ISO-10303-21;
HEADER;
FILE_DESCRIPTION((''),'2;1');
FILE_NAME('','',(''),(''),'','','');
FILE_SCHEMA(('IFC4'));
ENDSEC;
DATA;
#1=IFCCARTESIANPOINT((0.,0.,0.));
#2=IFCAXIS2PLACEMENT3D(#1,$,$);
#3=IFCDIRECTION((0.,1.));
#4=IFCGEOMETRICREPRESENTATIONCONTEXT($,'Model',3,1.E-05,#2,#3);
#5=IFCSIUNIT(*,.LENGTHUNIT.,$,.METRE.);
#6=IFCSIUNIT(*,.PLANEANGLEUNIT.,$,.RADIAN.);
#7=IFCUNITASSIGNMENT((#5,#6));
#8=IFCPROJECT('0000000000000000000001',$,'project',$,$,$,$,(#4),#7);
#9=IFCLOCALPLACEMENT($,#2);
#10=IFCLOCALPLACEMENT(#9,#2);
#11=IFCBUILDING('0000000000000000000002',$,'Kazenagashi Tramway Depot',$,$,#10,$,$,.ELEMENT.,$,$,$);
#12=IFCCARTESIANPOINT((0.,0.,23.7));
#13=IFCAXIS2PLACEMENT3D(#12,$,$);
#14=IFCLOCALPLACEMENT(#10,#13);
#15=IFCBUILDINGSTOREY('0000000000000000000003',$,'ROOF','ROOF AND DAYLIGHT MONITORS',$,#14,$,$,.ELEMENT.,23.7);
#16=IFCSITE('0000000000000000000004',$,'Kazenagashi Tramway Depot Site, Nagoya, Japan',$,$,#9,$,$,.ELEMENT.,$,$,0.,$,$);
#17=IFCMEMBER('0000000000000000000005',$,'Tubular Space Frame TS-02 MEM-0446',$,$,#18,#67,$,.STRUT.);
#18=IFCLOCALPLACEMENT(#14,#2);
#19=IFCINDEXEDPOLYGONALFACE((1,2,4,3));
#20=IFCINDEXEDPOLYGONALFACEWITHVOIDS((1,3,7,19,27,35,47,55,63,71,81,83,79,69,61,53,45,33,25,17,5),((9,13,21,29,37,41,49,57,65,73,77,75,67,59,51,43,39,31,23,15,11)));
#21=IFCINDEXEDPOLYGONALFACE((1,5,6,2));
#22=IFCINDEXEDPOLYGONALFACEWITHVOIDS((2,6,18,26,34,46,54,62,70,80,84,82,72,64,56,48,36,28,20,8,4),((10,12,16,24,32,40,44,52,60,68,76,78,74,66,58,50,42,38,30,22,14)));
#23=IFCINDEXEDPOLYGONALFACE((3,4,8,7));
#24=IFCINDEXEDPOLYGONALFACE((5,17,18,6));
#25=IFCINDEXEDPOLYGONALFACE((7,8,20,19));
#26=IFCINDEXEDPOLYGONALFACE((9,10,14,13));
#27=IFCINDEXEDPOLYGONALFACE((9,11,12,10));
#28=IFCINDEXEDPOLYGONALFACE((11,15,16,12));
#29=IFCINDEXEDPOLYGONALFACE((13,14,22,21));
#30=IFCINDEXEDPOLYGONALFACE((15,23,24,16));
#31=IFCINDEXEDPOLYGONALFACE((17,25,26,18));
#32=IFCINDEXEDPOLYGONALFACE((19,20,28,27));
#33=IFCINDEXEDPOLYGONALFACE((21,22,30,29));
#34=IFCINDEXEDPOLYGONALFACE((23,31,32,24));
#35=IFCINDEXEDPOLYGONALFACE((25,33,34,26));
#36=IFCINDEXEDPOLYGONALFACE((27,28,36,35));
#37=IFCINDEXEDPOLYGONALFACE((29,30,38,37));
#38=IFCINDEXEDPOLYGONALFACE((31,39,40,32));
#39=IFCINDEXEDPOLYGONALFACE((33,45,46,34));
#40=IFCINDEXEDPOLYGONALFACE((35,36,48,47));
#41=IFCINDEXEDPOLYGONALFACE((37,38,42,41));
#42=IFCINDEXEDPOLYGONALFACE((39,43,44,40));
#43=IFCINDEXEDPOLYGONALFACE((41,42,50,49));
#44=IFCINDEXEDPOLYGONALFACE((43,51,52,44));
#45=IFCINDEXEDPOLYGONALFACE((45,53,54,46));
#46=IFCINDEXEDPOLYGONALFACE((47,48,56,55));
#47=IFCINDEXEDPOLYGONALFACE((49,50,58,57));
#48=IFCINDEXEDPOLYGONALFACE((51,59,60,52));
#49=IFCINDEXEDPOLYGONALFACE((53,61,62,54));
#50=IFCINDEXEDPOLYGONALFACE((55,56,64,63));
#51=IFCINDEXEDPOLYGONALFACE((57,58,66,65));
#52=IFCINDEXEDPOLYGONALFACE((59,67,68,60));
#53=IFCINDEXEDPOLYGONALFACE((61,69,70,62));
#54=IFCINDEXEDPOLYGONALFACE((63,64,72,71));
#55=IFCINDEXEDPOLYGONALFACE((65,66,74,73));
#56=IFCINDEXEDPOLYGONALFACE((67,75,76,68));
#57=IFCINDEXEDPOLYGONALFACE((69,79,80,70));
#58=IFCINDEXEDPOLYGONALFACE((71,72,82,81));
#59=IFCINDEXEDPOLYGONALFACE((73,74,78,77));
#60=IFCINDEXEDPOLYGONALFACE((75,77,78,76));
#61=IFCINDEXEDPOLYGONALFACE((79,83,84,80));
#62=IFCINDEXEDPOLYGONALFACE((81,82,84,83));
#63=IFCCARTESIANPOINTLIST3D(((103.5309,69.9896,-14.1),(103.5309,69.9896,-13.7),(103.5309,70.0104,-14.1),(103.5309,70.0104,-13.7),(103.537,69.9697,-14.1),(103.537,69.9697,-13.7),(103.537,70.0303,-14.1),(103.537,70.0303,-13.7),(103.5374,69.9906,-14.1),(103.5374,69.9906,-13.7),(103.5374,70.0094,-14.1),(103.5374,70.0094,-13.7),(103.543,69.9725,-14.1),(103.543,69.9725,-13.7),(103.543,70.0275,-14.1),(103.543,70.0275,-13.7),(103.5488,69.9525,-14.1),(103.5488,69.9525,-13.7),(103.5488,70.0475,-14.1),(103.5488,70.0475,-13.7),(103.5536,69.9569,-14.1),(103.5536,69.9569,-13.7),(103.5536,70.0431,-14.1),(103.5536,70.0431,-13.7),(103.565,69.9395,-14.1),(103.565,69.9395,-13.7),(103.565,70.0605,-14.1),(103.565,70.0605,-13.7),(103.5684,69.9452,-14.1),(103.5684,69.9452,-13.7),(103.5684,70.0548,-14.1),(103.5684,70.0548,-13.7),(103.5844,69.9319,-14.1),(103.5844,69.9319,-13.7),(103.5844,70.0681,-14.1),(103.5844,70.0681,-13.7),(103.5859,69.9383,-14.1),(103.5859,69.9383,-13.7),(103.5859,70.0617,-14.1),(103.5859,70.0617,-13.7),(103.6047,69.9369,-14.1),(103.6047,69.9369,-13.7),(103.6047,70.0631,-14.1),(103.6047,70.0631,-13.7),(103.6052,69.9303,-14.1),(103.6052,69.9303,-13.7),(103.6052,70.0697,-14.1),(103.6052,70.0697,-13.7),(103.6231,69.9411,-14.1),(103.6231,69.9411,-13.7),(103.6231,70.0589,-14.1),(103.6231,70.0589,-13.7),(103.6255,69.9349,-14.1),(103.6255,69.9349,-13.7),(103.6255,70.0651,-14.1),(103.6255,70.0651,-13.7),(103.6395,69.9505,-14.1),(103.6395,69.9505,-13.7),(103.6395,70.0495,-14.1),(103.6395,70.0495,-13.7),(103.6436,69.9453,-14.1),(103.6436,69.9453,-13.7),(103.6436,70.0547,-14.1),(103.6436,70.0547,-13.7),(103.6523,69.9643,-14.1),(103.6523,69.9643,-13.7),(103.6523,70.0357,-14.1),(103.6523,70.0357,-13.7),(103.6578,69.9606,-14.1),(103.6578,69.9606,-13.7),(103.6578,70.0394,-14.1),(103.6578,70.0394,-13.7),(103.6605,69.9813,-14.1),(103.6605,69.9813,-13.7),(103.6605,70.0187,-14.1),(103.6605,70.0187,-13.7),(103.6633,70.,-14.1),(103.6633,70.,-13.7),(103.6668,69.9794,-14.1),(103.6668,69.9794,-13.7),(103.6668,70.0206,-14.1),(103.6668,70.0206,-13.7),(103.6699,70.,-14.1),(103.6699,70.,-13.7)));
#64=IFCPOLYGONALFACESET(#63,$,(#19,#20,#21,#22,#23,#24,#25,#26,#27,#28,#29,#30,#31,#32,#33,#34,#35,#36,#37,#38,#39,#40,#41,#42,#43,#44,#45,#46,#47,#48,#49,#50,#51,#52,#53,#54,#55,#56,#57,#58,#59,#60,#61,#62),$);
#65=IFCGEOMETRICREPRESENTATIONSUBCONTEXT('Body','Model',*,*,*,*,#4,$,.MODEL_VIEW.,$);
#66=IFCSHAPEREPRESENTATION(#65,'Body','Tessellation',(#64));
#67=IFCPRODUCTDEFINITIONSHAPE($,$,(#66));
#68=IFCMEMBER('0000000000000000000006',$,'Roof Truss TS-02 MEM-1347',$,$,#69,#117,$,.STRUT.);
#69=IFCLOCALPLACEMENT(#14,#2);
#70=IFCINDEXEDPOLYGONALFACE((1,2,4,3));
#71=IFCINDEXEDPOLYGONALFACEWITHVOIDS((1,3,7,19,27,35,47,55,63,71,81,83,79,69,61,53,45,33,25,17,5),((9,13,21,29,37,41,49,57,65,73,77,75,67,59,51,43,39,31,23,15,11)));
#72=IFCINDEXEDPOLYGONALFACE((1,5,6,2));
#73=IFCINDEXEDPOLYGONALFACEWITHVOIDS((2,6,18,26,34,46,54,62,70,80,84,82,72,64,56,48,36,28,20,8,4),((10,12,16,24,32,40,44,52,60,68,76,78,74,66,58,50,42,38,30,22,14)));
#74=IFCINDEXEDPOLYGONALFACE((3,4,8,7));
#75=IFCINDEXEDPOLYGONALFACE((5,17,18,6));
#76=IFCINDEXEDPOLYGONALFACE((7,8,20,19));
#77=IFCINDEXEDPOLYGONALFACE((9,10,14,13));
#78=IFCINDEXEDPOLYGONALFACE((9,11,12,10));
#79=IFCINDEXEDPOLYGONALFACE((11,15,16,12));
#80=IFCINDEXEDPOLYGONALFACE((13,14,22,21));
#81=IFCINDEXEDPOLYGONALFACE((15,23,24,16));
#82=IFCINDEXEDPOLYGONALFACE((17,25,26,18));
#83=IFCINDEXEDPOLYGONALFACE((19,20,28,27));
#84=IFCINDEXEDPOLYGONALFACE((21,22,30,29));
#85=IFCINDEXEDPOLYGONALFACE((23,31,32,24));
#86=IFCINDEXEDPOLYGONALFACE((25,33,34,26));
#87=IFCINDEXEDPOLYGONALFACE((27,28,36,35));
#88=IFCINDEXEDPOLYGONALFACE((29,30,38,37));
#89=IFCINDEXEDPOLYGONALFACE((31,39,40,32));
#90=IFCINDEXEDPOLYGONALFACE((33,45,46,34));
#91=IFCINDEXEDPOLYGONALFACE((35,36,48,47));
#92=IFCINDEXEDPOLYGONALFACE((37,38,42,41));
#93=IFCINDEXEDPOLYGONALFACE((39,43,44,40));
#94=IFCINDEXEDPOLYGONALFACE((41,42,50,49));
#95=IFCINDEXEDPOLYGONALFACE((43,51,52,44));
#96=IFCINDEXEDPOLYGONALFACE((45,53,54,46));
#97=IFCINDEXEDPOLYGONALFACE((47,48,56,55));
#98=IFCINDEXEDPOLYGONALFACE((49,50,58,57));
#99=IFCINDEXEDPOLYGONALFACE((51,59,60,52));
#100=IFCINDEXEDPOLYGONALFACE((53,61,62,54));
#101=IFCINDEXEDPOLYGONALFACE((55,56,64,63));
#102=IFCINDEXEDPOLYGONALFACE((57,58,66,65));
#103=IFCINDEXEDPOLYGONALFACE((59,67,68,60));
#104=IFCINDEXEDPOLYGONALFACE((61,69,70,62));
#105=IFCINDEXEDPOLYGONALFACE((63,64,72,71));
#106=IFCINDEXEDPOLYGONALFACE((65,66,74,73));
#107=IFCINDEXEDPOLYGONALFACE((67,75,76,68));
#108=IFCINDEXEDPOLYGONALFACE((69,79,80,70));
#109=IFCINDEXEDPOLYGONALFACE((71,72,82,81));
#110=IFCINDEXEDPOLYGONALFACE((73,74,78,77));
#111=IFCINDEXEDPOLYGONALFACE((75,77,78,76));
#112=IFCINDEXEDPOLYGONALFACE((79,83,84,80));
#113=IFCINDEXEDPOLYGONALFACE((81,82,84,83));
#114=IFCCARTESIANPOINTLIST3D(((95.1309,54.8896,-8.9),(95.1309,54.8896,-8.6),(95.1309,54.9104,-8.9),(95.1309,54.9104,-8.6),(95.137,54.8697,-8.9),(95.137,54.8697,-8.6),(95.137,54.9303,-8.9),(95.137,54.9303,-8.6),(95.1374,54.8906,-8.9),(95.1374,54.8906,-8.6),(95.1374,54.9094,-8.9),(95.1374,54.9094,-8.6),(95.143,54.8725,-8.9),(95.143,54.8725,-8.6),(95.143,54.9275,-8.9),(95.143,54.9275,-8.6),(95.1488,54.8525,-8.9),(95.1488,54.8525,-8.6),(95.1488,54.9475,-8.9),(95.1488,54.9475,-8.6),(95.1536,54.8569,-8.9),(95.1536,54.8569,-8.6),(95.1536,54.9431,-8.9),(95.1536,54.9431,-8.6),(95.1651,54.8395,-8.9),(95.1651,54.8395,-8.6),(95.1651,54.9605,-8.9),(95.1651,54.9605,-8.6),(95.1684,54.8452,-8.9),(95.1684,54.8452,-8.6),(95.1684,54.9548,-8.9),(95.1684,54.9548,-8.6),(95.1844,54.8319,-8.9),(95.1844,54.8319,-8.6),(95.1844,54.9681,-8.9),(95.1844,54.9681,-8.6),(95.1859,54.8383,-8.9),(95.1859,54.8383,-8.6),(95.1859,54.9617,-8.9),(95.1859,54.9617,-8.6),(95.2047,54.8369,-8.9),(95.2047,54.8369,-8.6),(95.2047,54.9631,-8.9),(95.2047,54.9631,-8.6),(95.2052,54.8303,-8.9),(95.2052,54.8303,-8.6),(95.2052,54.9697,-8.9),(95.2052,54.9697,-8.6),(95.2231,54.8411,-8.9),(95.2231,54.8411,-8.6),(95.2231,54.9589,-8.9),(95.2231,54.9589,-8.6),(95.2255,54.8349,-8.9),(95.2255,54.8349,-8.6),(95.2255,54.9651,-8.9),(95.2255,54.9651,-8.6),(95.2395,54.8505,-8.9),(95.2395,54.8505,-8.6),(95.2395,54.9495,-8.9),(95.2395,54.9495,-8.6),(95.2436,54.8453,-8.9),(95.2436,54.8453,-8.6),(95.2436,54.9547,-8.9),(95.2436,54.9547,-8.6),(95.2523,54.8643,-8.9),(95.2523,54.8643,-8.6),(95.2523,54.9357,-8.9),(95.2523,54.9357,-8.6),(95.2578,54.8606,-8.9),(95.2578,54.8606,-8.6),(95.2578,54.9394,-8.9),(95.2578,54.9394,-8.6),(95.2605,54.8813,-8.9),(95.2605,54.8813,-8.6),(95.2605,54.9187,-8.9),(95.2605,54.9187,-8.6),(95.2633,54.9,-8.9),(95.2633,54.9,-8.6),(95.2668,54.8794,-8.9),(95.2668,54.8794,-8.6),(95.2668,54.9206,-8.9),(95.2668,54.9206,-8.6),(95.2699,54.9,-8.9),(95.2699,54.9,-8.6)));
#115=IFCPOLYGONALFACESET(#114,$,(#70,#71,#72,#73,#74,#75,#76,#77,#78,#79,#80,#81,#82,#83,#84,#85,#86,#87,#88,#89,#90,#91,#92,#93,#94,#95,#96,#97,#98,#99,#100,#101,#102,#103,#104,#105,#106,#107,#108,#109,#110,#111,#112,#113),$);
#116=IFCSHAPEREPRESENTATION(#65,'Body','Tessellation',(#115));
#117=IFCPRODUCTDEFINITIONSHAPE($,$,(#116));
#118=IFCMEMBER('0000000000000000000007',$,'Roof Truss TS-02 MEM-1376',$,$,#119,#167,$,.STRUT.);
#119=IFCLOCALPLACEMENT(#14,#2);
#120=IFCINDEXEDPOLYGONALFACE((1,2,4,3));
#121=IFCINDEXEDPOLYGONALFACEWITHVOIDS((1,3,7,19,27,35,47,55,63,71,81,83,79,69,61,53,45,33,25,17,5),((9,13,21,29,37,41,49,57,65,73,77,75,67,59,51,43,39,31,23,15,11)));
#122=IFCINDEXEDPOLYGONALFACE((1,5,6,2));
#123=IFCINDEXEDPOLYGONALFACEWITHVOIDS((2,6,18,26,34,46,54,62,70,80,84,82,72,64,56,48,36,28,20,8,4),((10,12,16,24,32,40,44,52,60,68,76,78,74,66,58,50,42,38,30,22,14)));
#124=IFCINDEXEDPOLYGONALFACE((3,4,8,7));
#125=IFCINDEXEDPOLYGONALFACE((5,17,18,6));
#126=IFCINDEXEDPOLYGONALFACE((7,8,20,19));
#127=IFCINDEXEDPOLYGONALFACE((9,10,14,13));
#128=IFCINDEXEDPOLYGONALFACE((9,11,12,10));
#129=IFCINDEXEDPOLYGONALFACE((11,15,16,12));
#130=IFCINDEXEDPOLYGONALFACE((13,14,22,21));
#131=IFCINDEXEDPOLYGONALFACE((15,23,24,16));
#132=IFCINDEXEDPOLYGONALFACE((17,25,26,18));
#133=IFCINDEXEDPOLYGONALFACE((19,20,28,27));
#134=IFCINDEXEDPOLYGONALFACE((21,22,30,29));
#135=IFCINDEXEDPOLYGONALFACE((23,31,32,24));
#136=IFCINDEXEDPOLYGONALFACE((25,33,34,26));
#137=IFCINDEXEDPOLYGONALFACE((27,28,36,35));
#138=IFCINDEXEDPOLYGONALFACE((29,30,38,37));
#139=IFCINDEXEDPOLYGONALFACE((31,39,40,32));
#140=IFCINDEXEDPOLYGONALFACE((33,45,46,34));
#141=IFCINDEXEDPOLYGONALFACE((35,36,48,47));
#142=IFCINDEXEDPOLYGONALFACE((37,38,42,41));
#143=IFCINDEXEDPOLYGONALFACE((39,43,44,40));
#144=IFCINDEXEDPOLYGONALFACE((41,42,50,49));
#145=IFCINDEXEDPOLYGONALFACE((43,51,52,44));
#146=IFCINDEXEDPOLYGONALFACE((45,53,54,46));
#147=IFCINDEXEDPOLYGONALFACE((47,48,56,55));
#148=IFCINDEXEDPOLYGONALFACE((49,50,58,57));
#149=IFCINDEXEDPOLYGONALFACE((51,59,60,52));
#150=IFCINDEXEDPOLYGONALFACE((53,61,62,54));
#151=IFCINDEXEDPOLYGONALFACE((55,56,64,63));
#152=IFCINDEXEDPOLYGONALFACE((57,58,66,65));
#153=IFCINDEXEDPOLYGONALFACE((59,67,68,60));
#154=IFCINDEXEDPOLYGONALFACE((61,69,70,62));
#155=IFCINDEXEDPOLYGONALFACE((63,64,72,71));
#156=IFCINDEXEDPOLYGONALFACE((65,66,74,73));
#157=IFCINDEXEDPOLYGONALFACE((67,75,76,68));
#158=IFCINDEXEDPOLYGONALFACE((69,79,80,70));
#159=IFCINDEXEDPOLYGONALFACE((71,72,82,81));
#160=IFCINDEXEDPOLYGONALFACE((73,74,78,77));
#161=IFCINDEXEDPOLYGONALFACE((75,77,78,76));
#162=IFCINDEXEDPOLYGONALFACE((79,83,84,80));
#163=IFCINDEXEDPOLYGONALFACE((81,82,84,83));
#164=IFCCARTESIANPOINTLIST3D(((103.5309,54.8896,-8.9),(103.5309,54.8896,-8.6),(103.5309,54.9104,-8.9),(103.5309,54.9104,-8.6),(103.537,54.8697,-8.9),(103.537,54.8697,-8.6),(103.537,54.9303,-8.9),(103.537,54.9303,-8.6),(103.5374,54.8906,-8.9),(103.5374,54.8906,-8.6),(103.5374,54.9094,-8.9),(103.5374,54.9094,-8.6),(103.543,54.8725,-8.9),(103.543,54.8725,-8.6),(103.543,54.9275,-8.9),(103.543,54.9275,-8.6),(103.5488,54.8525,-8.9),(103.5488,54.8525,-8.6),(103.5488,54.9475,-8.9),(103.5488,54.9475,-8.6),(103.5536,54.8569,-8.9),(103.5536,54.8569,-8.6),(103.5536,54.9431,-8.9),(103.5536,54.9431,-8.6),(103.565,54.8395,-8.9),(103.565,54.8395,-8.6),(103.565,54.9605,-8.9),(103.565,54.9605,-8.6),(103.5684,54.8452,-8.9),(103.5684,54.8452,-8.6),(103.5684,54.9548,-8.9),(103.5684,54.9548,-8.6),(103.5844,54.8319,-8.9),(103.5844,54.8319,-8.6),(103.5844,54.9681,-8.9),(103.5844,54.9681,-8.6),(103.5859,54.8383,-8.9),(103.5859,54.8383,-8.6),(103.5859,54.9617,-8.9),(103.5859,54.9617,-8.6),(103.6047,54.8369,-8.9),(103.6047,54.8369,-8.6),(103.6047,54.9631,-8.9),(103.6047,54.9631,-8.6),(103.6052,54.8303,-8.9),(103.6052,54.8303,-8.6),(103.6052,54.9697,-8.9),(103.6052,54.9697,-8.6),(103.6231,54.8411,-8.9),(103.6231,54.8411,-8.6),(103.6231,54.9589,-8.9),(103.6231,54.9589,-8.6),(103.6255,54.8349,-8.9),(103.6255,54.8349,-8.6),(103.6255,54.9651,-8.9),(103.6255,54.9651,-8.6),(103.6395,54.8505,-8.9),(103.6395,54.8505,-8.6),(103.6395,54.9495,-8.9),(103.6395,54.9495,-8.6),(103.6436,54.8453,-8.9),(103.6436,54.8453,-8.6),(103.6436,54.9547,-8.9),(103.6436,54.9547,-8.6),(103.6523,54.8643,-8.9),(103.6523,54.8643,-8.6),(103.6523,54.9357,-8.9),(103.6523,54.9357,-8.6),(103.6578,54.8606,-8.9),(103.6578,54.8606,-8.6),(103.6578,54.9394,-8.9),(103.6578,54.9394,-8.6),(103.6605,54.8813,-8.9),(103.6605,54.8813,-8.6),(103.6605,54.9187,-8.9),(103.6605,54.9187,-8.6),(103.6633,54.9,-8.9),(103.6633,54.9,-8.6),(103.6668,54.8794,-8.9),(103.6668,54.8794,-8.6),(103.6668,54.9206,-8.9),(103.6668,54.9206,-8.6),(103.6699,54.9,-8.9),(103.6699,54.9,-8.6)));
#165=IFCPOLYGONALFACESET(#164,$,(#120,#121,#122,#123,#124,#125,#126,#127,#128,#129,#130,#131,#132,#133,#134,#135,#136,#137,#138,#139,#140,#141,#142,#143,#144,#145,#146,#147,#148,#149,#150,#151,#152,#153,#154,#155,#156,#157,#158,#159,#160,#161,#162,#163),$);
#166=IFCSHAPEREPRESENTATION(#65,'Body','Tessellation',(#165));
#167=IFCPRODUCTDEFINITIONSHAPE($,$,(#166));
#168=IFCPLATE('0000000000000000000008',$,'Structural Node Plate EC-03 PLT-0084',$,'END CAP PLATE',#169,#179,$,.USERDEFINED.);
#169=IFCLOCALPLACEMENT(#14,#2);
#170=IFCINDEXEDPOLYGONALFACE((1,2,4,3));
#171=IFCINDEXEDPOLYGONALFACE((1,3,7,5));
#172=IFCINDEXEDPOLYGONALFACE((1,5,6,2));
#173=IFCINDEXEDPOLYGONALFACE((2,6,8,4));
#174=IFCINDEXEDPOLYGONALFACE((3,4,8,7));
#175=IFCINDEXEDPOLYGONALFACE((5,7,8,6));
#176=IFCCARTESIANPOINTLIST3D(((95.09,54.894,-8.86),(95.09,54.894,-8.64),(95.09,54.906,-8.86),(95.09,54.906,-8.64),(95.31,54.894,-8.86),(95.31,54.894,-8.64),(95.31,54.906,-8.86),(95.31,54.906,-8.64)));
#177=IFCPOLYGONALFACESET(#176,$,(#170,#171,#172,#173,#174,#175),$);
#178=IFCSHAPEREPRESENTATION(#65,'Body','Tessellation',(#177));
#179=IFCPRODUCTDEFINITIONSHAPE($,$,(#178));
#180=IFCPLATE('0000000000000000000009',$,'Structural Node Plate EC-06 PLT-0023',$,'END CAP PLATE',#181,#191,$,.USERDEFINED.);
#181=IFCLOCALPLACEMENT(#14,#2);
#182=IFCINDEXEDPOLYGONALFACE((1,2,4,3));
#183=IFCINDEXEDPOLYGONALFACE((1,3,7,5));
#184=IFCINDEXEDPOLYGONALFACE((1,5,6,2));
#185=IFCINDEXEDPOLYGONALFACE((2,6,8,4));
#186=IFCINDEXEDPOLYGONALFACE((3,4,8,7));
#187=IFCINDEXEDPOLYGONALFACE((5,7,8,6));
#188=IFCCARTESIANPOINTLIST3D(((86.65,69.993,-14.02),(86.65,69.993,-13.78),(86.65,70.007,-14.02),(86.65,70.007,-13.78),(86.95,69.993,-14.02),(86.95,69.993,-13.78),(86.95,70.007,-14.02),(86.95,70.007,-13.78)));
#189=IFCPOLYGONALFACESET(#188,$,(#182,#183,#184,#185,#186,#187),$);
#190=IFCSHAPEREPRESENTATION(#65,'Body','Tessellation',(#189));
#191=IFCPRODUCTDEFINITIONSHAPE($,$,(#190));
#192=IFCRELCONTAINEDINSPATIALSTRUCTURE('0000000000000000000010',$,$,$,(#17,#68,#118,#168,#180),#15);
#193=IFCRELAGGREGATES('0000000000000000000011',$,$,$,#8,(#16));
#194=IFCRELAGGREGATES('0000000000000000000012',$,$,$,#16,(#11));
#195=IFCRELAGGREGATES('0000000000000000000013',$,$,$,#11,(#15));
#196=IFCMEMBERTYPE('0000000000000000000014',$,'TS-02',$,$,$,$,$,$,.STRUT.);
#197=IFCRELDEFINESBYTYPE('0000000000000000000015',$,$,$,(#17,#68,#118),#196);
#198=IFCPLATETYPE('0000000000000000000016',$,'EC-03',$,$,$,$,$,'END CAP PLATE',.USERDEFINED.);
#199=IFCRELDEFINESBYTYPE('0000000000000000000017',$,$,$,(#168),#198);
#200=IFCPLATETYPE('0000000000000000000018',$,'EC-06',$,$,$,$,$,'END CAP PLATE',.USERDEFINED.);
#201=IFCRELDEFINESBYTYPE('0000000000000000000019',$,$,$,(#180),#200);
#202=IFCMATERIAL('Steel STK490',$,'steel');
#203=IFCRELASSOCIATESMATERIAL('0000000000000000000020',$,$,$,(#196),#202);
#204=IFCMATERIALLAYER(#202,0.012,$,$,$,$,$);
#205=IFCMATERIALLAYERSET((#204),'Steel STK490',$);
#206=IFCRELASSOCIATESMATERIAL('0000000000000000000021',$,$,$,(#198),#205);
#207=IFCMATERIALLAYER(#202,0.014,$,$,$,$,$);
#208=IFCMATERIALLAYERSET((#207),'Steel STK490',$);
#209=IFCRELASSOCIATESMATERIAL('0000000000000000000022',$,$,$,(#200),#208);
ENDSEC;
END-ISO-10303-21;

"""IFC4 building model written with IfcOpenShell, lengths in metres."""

from ifc_helpers import new_model, si_unit, direction, frame, origin, origin_2d, place, context, subcontext, project, spatial, rectangle, hollow_circle, extrude, material, layer, layer_set, material_profile, profile_set, type_object, element, save


model = new_model("IFC4")

# Units and contexts
model_context = context("Model", 3, precision=1e-05, world=origin(), true_north=direction((0.0, 1.0)))
body_context = subcontext(model_context, "Body", "Model", "MODEL_VIEW")
ifc_project = project(units=[si_unit("LENGTHUNIT", "METRE"), si_unit("PLANEANGLEUNIT", "RADIAN")], contexts=[model_context])

# Site, building, storey
site_placement = place(None, origin())
site = spatial("IfcSite", under=ifc_project, at=site_placement, Name="Kazenagashi Tramway Depot Site, Nagoya, Japan", CompositionType="ELEMENT", RefElevation=0.0)
building_placement = place(site_placement, origin())
building = spatial("IfcBuilding", under=site, at=building_placement, Name="Kazenagashi Tramway Depot", CompositionType="ELEMENT")
storey_placement = place(building_placement, frame((0.0, 0.0, 23.7)))
storey = spatial("IfcBuildingStorey", under=building, at=storey_placement, Name="ROOF", Description="ROOF AND DAYLIGHT MONITORS", CompositionType="ELEMENT", Elevation=23.7)

# Members
ifc_material_1 = material(Name="Steel STK490", Category="steel")
ifc_material_profile_1 = material_profile(ifc_material_1, hollow_circle(Radius=0.0699, WallThickness=0.0066, at=origin_2d()), Name="CHS-139.8x6.6")
ifc_profile_set_1 = profile_set([ifc_material_profile_1], Name="Steel STK490")
member_type_1 = type_object("IfcMemberType", Name="TS-02", PredefinedType="STRUT", material=ifc_profile_set_1)
for number, where, z_axis, x_axis, name in (
    (1, (103.6, 70.0, -14.1), (0.0, 0.0, 1.0), (1.0, 0.0, 0.0), "Tubular Space Frame TS-02 MEM-0446"),
):
    element("IfcMember", number, at=place(storey_placement, frame(where, z_axis=z_axis, x_axis=x_axis)), inside=storey, type_object=member_type_1, Name=name, PredefinedType="STRUT", context=body_context, shape_type="SweptSolid", body=[
        extrude(hollow_circle(Radius=0.0699, WallThickness=0.0066, at=origin_2d()), origin(), (0.0, 0.0, 1.0), 0.4),
    ])
for number, where, z_axis, x_axis, name in (
    (2, (95.2, 54.9, -8.9), (0.0, 0.0, 1.0), (1.0, 0.0, 0.0), "Roof Truss TS-02 MEM-1347"),
    (3, (103.6, 54.9, -8.9), (0.0, 0.0, 1.0), (1.0, 0.0, 0.0), "Roof Truss TS-02 MEM-1376"),
):
    element("IfcMember", number, at=place(storey_placement, frame(where, z_axis=z_axis, x_axis=x_axis)), inside=storey, type_object=member_type_1, Name=name, PredefinedType="STRUT", context=body_context, shape_type="SweptSolid", body=[
        extrude(hollow_circle(Radius=0.0699, WallThickness=0.0066, at=origin_2d()), origin(), (0.0, 0.0, 1.0), 0.3),
    ])

# Plates
ifc_layer_1 = layer(ifc_material_1, 0.012)
ifc_layer_set_1 = layer_set([ifc_layer_1], Name="Steel STK490")
plate_type_1 = type_object("IfcPlateType", Name="EC-03", ElementType="END CAP PLATE", PredefinedType="USERDEFINED", material=ifc_layer_set_1)
plate_1_placement = place(storey_placement, frame((95.2, 54.9, -8.86), z_axis=(0.0, 0.0, 1.0), x_axis=(1.0, 0.0, 0.0)))
element("IfcPlate", 4, at=plate_1_placement, inside=storey, type_object=plate_type_1, Name="Structural Node Plate EC-03 PLT-0084", ObjectType="END CAP PLATE", PredefinedType="USERDEFINED", context=body_context, shape_type="SweptSolid", body=[
    extrude(rectangle(XDim=0.22, YDim=0.012, at=origin_2d()), origin(), (0.0, 0.0, 1.0), 0.22),
])
ifc_layer_2 = layer(ifc_material_1, 0.014)
ifc_layer_set_2 = layer_set([ifc_layer_2], Name="Steel STK490")
plate_type_2 = type_object("IfcPlateType", Name="EC-06", ElementType="END CAP PLATE", PredefinedType="USERDEFINED", material=ifc_layer_set_2)
plate_2_placement = place(storey_placement, frame((86.8, 70.0, -14.02), z_axis=(0.0, 0.0, 1.0), x_axis=(1.0, 0.0, 0.0)))
element("IfcPlate", 5, at=plate_2_placement, inside=storey, type_object=plate_type_2, Name="Structural Node Plate EC-06 PLT-0023", ObjectType="END CAP PLATE", PredefinedType="USERDEFINED", context=body_context, shape_type="SweptSolid", body=[
    extrude(rectangle(XDim=0.3, YDim=0.014, at=origin_2d()), origin(), (0.0, 0.0, 1.0), 0.24),
])

save(model, "model.ifc")
